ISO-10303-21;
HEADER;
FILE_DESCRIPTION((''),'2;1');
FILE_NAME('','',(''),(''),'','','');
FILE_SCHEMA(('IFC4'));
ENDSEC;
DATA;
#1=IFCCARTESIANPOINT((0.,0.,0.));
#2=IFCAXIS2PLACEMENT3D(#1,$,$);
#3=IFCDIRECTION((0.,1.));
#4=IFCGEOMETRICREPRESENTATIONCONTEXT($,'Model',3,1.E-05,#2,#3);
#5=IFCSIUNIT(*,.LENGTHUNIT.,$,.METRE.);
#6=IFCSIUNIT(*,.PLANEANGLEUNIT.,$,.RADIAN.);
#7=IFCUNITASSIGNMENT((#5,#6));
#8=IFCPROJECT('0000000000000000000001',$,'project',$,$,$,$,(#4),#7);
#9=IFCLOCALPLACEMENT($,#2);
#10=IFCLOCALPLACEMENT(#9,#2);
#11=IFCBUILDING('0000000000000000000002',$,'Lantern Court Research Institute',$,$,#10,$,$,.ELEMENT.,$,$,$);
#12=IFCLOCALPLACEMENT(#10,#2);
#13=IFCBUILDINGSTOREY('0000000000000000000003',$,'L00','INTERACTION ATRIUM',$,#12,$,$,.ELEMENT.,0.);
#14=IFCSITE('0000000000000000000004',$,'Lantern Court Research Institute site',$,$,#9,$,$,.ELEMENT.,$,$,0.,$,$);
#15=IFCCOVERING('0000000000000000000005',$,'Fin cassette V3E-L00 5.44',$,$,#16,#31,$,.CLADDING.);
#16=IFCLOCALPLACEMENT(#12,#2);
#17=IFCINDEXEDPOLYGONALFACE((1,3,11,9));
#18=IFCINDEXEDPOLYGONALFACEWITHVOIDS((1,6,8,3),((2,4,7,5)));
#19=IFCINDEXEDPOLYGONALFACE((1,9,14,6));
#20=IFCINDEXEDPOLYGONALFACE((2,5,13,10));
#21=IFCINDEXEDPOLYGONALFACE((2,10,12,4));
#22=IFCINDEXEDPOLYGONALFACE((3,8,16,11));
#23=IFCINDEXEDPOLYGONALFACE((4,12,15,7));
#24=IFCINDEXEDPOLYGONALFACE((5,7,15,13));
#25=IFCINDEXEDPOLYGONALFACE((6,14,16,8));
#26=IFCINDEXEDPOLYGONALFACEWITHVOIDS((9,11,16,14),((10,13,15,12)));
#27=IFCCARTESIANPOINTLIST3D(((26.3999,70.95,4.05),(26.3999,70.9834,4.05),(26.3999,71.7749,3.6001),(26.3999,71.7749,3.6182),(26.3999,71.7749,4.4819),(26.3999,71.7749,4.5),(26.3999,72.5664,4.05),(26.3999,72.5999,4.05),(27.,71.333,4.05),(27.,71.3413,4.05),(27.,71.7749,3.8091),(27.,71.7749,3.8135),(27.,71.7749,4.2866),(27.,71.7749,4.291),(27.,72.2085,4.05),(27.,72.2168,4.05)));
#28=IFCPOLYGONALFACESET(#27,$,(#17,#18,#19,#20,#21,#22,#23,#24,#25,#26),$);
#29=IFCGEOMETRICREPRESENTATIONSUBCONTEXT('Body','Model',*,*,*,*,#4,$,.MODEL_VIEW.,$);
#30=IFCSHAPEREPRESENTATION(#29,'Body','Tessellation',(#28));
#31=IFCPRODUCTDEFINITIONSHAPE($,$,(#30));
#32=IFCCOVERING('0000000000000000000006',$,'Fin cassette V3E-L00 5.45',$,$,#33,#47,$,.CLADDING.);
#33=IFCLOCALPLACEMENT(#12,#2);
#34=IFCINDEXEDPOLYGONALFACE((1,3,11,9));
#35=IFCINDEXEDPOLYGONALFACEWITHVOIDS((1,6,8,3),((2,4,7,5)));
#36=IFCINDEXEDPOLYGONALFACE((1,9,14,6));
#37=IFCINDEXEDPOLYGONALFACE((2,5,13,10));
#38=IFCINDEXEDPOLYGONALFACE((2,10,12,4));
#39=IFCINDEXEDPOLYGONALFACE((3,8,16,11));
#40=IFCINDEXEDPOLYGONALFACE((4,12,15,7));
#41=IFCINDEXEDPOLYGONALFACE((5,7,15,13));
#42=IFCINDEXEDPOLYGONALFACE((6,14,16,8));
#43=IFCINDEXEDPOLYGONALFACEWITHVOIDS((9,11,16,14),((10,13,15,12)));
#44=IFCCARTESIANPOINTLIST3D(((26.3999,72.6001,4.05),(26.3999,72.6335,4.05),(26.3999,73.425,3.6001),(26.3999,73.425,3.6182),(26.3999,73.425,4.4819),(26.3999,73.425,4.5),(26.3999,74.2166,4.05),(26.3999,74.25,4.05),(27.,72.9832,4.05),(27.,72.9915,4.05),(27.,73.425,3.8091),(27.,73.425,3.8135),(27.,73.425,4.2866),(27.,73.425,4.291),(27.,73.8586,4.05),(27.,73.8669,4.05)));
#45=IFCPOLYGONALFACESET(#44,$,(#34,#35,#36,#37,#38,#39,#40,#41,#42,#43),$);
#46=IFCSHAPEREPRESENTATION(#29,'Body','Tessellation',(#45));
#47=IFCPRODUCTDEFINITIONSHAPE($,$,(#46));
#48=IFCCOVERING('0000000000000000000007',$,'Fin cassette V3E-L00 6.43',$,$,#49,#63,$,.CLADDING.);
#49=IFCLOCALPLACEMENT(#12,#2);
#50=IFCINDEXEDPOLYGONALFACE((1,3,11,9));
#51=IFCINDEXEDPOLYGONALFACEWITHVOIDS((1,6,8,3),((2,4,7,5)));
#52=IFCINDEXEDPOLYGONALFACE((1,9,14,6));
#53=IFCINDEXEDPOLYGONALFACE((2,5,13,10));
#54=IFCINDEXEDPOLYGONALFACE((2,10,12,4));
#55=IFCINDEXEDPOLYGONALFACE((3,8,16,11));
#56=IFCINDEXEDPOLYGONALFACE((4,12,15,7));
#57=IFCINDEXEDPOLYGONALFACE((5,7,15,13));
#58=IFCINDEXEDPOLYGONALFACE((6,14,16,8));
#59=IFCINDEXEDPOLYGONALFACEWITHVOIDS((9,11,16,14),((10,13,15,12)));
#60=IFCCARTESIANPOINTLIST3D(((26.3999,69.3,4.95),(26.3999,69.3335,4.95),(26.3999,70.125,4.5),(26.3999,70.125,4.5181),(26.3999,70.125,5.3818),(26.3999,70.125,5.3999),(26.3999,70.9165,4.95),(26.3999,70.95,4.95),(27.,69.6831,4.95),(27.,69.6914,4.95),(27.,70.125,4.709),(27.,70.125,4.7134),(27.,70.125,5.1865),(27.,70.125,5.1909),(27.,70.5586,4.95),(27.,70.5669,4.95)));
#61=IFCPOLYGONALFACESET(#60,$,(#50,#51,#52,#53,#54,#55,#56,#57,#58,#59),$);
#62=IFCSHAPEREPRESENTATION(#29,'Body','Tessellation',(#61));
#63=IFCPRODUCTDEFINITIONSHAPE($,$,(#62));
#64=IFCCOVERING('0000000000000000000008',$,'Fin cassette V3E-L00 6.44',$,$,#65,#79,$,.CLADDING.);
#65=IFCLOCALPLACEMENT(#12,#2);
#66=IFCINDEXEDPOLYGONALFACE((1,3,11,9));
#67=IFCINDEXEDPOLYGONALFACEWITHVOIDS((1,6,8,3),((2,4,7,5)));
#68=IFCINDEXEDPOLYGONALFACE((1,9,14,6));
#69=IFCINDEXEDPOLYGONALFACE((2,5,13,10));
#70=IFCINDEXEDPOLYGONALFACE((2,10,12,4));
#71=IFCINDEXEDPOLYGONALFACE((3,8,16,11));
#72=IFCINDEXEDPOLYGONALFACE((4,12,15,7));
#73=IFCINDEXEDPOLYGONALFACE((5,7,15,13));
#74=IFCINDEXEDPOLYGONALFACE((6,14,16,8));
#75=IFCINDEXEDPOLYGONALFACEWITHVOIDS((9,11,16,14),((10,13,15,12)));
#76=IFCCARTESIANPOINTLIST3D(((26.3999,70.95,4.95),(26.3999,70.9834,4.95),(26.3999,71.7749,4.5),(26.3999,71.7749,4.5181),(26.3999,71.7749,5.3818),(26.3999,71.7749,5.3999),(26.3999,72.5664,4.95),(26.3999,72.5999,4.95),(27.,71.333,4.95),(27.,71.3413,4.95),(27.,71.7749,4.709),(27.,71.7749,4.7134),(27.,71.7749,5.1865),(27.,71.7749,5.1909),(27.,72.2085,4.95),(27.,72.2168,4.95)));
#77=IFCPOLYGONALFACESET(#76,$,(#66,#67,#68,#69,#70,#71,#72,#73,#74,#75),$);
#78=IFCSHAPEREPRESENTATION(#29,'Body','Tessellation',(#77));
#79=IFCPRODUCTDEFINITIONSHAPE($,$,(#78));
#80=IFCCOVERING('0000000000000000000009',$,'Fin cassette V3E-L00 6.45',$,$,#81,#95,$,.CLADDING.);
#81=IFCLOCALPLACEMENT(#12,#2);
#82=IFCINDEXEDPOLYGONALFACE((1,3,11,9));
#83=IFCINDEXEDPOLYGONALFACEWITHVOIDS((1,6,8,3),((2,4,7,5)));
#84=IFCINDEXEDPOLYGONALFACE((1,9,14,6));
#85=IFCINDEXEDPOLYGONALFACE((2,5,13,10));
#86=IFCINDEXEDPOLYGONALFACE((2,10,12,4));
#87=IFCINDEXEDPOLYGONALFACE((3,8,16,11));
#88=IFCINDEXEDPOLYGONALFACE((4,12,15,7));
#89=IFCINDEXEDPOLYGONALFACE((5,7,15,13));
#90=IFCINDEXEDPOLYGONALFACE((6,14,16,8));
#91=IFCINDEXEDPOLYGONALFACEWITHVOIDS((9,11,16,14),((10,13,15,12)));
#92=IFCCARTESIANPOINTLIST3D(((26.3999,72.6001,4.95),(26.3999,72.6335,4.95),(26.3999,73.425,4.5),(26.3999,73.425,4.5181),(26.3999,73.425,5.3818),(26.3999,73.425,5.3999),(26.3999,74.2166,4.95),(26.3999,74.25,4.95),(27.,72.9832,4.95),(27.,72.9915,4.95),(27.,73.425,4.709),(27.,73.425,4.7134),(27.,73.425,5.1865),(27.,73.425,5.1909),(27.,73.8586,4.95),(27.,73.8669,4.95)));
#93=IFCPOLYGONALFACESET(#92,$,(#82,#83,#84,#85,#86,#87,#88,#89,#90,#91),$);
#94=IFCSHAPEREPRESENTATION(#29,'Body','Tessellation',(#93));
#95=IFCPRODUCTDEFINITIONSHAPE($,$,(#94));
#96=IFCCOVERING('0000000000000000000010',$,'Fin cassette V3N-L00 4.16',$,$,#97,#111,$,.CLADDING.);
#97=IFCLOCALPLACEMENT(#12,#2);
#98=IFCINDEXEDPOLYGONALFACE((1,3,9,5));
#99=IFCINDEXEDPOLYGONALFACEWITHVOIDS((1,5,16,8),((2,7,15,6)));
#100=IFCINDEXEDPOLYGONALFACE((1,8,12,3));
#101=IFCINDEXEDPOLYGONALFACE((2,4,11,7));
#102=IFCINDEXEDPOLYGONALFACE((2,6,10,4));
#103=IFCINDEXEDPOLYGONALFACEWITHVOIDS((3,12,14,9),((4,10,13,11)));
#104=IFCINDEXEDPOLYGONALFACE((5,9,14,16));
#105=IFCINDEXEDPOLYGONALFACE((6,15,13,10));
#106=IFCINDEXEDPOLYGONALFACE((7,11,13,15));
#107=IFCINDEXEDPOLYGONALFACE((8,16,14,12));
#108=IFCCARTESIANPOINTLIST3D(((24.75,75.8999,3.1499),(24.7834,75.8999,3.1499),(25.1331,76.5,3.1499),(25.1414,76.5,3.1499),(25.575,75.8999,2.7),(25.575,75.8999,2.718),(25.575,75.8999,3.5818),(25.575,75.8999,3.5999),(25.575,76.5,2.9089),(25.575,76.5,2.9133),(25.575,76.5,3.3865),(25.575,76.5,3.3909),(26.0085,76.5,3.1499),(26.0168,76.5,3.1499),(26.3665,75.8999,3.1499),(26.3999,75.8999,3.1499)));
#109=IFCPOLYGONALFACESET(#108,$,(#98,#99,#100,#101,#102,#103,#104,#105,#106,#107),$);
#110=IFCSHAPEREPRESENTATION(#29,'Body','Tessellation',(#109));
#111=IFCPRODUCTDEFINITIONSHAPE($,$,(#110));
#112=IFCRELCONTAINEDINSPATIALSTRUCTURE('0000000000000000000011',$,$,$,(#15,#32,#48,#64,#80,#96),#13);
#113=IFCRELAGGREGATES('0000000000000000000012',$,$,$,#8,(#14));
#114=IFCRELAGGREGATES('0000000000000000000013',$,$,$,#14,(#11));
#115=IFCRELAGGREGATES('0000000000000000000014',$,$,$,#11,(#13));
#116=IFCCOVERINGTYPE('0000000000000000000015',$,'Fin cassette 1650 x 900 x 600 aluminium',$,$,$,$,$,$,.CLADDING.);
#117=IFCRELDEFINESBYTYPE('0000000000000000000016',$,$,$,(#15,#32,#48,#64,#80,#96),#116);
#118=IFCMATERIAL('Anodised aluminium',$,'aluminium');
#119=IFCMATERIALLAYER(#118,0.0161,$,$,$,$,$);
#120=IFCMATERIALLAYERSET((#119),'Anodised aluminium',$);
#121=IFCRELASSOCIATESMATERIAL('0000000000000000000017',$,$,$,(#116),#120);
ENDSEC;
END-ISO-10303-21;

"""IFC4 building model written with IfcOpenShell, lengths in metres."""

from ifc_helpers import new_model, entity, si_unit, direction, frame, origin, place, context, subcontext, project, spatial, material, layer, layer_set, type_object, element, save


model = new_model("IFC4")

# Units and contexts
model_context = context("Model", 3, precision=1e-05, world=origin(), true_north=direction((0.0, 1.0)))
body_context = subcontext(model_context, "Body", "Model", "MODEL_VIEW")
ifc_project = project(units=[si_unit("LENGTHUNIT", "METRE"), si_unit("PLANEANGLEUNIT", "RADIAN")], contexts=[model_context])

# Site, building, storey
site_placement = place(None, origin())
site = spatial("IfcSite", under=ifc_project, at=site_placement, Name="Lantern Court Research Institute site", CompositionType="ELEMENT", RefElevation=0.0)
building_placement = place(site_placement, origin())
building = spatial("IfcBuilding", under=site, at=building_placement, Name="Lantern Court Research Institute", CompositionType="ELEMENT")
storey_placement = place(building_placement, origin())
storey = spatial("IfcBuildingStorey", under=building, at=storey_placement, Name="L00", Description="INTERACTION ATRIUM", CompositionType="ELEMENT", Elevation=0.0)

# Coverings
ifc_material_1 = material(Name="Anodised aluminium", Category="aluminium")
ifc_layer_1 = layer(ifc_material_1, 0.0161)
ifc_layer_set_1 = layer_set([ifc_layer_1], Name="Anodised aluminium")
covering_type_1 = type_object("IfcCoveringType", Name="Fin cassette 1650 x 900 x 600 aluminium", PredefinedType="CLADDING", material=ifc_layer_set_1)
covering_1_placement = place(storey_placement, frame((26.3999, 71.7749, 4.05), z_axis=(1.0, 0.0, 0.0), x_axis=(0.0, 1.0, 0.0)))
cartesian_point_1 = entity("IfcCartesianPoint", [0.825, 0.0])
cartesian_point_2 = entity("IfcCartesianPoint", [0.7915, 0.0])
cartesian_point_3 = entity("IfcCartesianPoint", [0.4419, 0.0])
cartesian_point_4 = entity("IfcCartesianPoint", [0.4336, 0.0])
element("IfcCovering", 1, at=covering_1_placement, inside=storey, type_object=covering_type_1, Name="Fin cassette V3E-L00 5.44", PredefinedType="CLADDING", context=body_context, shape_type="SweptSolid", body=[
    entity("IfcExtrudedAreaSolidTapered", entity("IfcArbitraryProfileDefWithVoids", "AREA", None, entity("IfcPolyline", [cartesian_point_1, entity("IfcCartesianPoint", [0.0, 0.45]), entity("IfcCartesianPoint", [-0.825, 0.0]), entity("IfcCartesianPoint", [0.0, -0.45]), cartesian_point_1]), [entity("IfcPolyline", [cartesian_point_2, entity("IfcCartesianPoint", [0.0, 0.4319]), entity("IfcCartesianPoint", [-0.7915, 0.0]), entity("IfcCartesianPoint", [0.0, -0.4319]), cartesian_point_2])]), entity("IfcAxis2Placement3D", entity("IfcCartesianPoint", [0.0, 0.0, 0.0])), entity("IfcDirection", [0.0, 0.0, 1.0]), 0.6001, entity("IfcArbitraryProfileDefWithVoids", "AREA", None, entity("IfcPolyline", [cartesian_point_3, entity("IfcCartesianPoint", [0.0, 0.241]), entity("IfcCartesianPoint", [-0.4419, 0.0]), entity("IfcCartesianPoint", [0.0, -0.241]), cartesian_point_3]), [entity("IfcPolyline", [cartesian_point_4, entity("IfcCartesianPoint", [0.0, 0.2366]), entity("IfcCartesianPoint", [-0.4336, 0.0]), entity("IfcCartesianPoint", [0.0, -0.2366]), cartesian_point_4])])),
])
covering_2_placement = place(storey_placement, frame((26.3999, 73.425, 4.05), z_axis=(1.0, 0.0, 0.0), x_axis=(0.0, 1.0, 0.0)))
cartesian_point_5 = entity("IfcCartesianPoint", [0.825, 0.0])
cartesian_point_6 = entity("IfcCartesianPoint", [0.7915, 0.0])
cartesian_point_7 = entity("IfcCartesianPoint", [0.4419, 0.0])
cartesian_point_8 = entity("IfcCartesianPoint", [0.4336, 0.0])
element("IfcCovering", 2, at=covering_2_placement, inside=storey, type_object=covering_type_1, Name="Fin cassette V3E-L00 5.45", PredefinedType="CLADDING", context=body_context, shape_type="SweptSolid", body=[
    entity("IfcExtrudedAreaSolidTapered", entity("IfcArbitraryProfileDefWithVoids", "AREA", None, entity("IfcPolyline", [cartesian_point_5, entity("IfcCartesianPoint", [0.0, 0.45]), entity("IfcCartesianPoint", [-0.825, 0.0]), entity("IfcCartesianPoint", [0.0, -0.45]), cartesian_point_5]), [entity("IfcPolyline", [cartesian_point_6, entity("IfcCartesianPoint", [0.0, 0.4319]), entity("IfcCartesianPoint", [-0.7915, 0.0]), entity("IfcCartesianPoint", [0.0, -0.4319]), cartesian_point_6])]), entity("IfcAxis2Placement3D", entity("IfcCartesianPoint", [0.0, 0.0, 0.0])), entity("IfcDirection", [0.0, 0.0, 1.0]), 0.6001, entity("IfcArbitraryProfileDefWithVoids", "AREA", None, entity("IfcPolyline", [cartesian_point_7, entity("IfcCartesianPoint", [0.0, 0.241]), entity("IfcCartesianPoint", [-0.4419, 0.0]), entity("IfcCartesianPoint", [0.0, -0.241]), cartesian_point_7]), [entity("IfcPolyline", [cartesian_point_8, entity("IfcCartesianPoint", [0.0, 0.2366]), entity("IfcCartesianPoint", [-0.4336, 0.0]), entity("IfcCartesianPoint", [0.0, -0.2366]), cartesian_point_8])])),
])
covering_3_placement = place(storey_placement, frame((26.3999, 70.125, 4.95), z_axis=(1.0, 0.0, 0.0), x_axis=(0.0, 1.0, 0.0)))
cartesian_point_9 = entity("IfcCartesianPoint", [0.825, 0.0])
cartesian_point_10 = entity("IfcCartesianPoint", [0.7915, 0.0])
cartesian_point_11 = entity("IfcCartesianPoint", [0.4419, 0.0])
cartesian_point_12 = entity("IfcCartesianPoint", [0.4336, 0.0])
element("IfcCovering", 3, at=covering_3_placement, inside=storey, type_object=covering_type_1, Name="Fin cassette V3E-L00 6.43", PredefinedType="CLADDING", context=body_context, shape_type="SweptSolid", body=[
    entity("IfcExtrudedAreaSolidTapered", entity("IfcArbitraryProfileDefWithVoids", "AREA", None, entity("IfcPolyline", [cartesian_point_9, entity("IfcCartesianPoint", [0.0, 0.45]), entity("IfcCartesianPoint", [-0.825, 0.0]), entity("IfcCartesianPoint", [0.0, -0.45]), cartesian_point_9]), [entity("IfcPolyline", [cartesian_point_10, entity("IfcCartesianPoint", [0.0, 0.4319]), entity("IfcCartesianPoint", [-0.7915, 0.0]), entity("IfcCartesianPoint", [0.0, -0.4319]), cartesian_point_10])]), entity("IfcAxis2Placement3D", entity("IfcCartesianPoint", [0.0, 0.0, 0.0])), entity("IfcDirection", [0.0, 0.0, 1.0]), 0.6001, entity("IfcArbitraryProfileDefWithVoids", "AREA", None, entity("IfcPolyline", [cartesian_point_11, entity("IfcCartesianPoint", [0.0, 0.241]), entity("IfcCartesianPoint", [-0.4419, 0.0]), entity("IfcCartesianPoint", [0.0, -0.241]), cartesian_point_11]), [entity("IfcPolyline", [cartesian_point_12, entity("IfcCartesianPoint", [0.0, 0.2366]), entity("IfcCartesianPoint", [-0.4336, 0.0]), entity("IfcCartesianPoint", [0.0, -0.2366]), cartesian_point_12])])),
])
covering_4_placement = place(storey_placement, frame((26.3999, 71.7749, 4.95), z_axis=(1.0, 0.0, 0.0), x_axis=(0.0, 1.0, 0.0)))
cartesian_point_13 = entity("IfcCartesianPoint", [0.825, 0.0])
cartesian_point_14 = entity("IfcCartesianPoint", [0.7915, 0.0])
cartesian_point_15 = entity("IfcCartesianPoint", [0.4419, 0.0])
cartesian_point_16 = entity("IfcCartesianPoint", [0.4336, 0.0])
element("IfcCovering", 4, at=covering_4_placement, inside=storey, type_object=covering_type_1, Name="Fin cassette V3E-L00 6.44", PredefinedType="CLADDING", context=body_context, shape_type="SweptSolid", body=[
    entity("IfcExtrudedAreaSolidTapered", entity("IfcArbitraryProfileDefWithVoids", "AREA", None, entity("IfcPolyline", [cartesian_point_13, entity("IfcCartesianPoint", [0.0, 0.45]), entity("IfcCartesianPoint", [-0.825, 0.0]), entity("IfcCartesianPoint", [0.0, -0.45]), cartesian_point_13]), [entity("IfcPolyline", [cartesian_point_14, entity("IfcCartesianPoint", [0.0, 0.4319]), entity("IfcCartesianPoint", [-0.7915, 0.0]), entity("IfcCartesianPoint", [0.0, -0.4319]), cartesian_point_14])]), entity("IfcAxis2Placement3D", entity("IfcCartesianPoint", [0.0, 0.0, 0.0])), entity("IfcDirection", [0.0, 0.0, 1.0]), 0.6001, entity("IfcArbitraryProfileDefWithVoids", "AREA", None, entity("IfcPolyline", [cartesian_point_15, entity("IfcCartesianPoint", [0.0, 0.241]), entity("IfcCartesianPoint", [-0.4419, 0.0]), entity("IfcCartesianPoint", [0.0, -0.241]), cartesian_point_15]), [entity("IfcPolyline", [cartesian_point_16, entity("IfcCartesianPoint", [0.0, 0.2366]), entity("IfcCartesianPoint", [-0.4336, 0.0]), entity("IfcCartesianPoint", [0.0, -0.2366]), cartesian_point_16])])),
])
covering_5_placement = place(storey_placement, frame((26.3999, 73.425, 4.95), z_axis=(1.0, 0.0, 0.0), x_axis=(0.0, 1.0, 0.0)))
cartesian_point_17 = entity("IfcCartesianPoint", [0.825, 0.0])
cartesian_point_18 = entity("IfcCartesianPoint", [0.7915, 0.0])
cartesian_point_19 = entity("IfcCartesianPoint", [0.4419, 0.0])
cartesian_point_20 = entity("IfcCartesianPoint", [0.4336, 0.0])
element("IfcCovering", 5, at=covering_5_placement, inside=storey, type_object=covering_type_1, Name="Fin cassette V3E-L00 6.45", PredefinedType="CLADDING", context=body_context, shape_type="SweptSolid", body=[
    entity("IfcExtrudedAreaSolidTapered", entity("IfcArbitraryProfileDefWithVoids", "AREA", None, entity("IfcPolyline", [cartesian_point_17, entity("IfcCartesianPoint", [0.0, 0.45]), entity("IfcCartesianPoint", [-0.825, 0.0]), entity("IfcCartesianPoint", [0.0, -0.45]), cartesian_point_17]), [entity("IfcPolyline", [cartesian_point_18, entity("IfcCartesianPoint", [0.0, 0.4319]), entity("IfcCartesianPoint", [-0.7915, 0.0]), entity("IfcCartesianPoint", [0.0, -0.4319]), cartesian_point_18])]), entity("IfcAxis2Placement3D", entity("IfcCartesianPoint", [0.0, 0.0, 0.0])), entity("IfcDirection", [0.0, 0.0, 1.0]), 0.6001, entity("IfcArbitraryProfileDefWithVoids", "AREA", None, entity("IfcPolyline", [cartesian_point_19, entity("IfcCartesianPoint", [0.0, 0.241]), entity("IfcCartesianPoint", [-0.4419, 0.0]), entity("IfcCartesianPoint", [0.0, -0.241]), cartesian_point_19]), [entity("IfcPolyline", [cartesian_point_20, entity("IfcCartesianPoint", [0.0, 0.2366]), entity("IfcCartesianPoint", [-0.4336, 0.0]), entity("IfcCartesianPoint", [0.0, -0.2366]), cartesian_point_20])])),
])
covering_6_placement = place(storey_placement, frame((25.575, 75.8999, 3.1499), z_axis=(0.0, 1.0, 0.0), x_axis=(-1.0, 0.0, 0.0)))
cartesian_point_21 = entity("IfcCartesianPoint", [0.825, 0.0])
cartesian_point_22 = entity("IfcCartesianPoint", [0.7915, 0.0])
cartesian_point_23 = entity("IfcCartesianPoint", [0.4419, 0.0])
cartesian_point_24 = entity("IfcCartesianPoint", [0.4336, 0.0])
element("IfcCovering", 6, at=covering_6_placement, inside=storey, type_object=covering_type_1, Name="Fin cassette V3N-L00 4.16", PredefinedType="CLADDING", context=body_context, shape_type="SweptSolid", body=[
    entity("IfcExtrudedAreaSolidTapered", entity("IfcArbitraryProfileDefWithVoids", "AREA", None, entity("IfcPolyline", [cartesian_point_21, entity("IfcCartesianPoint", [0.0, 0.45]), entity("IfcCartesianPoint", [-0.825, 0.0]), entity("IfcCartesianPoint", [0.0, -0.45]), cartesian_point_21]), [entity("IfcPolyline", [cartesian_point_22, entity("IfcCartesianPoint", [0.0, 0.4319]), entity("IfcCartesianPoint", [-0.7915, 0.0]), entity("IfcCartesianPoint", [0.0, -0.4319]), cartesian_point_22])]), entity("IfcAxis2Placement3D", entity("IfcCartesianPoint", [0.0, 0.0, 0.0])), entity("IfcDirection", [0.0, 0.0, 1.0]), 0.6001, entity("IfcArbitraryProfileDefWithVoids", "AREA", None, entity("IfcPolyline", [cartesian_point_23, entity("IfcCartesianPoint", [0.0, 0.241]), entity("IfcCartesianPoint", [-0.4419, 0.0]), entity("IfcCartesianPoint", [0.0, -0.241]), cartesian_point_23]), [entity("IfcPolyline", [cartesian_point_24, entity("IfcCartesianPoint", [0.0, 0.2366]), entity("IfcCartesianPoint", [-0.4336, 0.0]), entity("IfcCartesianPoint", [0.0, -0.2366]), cartesian_point_24])])),
])

save(model, "model.ifc")
